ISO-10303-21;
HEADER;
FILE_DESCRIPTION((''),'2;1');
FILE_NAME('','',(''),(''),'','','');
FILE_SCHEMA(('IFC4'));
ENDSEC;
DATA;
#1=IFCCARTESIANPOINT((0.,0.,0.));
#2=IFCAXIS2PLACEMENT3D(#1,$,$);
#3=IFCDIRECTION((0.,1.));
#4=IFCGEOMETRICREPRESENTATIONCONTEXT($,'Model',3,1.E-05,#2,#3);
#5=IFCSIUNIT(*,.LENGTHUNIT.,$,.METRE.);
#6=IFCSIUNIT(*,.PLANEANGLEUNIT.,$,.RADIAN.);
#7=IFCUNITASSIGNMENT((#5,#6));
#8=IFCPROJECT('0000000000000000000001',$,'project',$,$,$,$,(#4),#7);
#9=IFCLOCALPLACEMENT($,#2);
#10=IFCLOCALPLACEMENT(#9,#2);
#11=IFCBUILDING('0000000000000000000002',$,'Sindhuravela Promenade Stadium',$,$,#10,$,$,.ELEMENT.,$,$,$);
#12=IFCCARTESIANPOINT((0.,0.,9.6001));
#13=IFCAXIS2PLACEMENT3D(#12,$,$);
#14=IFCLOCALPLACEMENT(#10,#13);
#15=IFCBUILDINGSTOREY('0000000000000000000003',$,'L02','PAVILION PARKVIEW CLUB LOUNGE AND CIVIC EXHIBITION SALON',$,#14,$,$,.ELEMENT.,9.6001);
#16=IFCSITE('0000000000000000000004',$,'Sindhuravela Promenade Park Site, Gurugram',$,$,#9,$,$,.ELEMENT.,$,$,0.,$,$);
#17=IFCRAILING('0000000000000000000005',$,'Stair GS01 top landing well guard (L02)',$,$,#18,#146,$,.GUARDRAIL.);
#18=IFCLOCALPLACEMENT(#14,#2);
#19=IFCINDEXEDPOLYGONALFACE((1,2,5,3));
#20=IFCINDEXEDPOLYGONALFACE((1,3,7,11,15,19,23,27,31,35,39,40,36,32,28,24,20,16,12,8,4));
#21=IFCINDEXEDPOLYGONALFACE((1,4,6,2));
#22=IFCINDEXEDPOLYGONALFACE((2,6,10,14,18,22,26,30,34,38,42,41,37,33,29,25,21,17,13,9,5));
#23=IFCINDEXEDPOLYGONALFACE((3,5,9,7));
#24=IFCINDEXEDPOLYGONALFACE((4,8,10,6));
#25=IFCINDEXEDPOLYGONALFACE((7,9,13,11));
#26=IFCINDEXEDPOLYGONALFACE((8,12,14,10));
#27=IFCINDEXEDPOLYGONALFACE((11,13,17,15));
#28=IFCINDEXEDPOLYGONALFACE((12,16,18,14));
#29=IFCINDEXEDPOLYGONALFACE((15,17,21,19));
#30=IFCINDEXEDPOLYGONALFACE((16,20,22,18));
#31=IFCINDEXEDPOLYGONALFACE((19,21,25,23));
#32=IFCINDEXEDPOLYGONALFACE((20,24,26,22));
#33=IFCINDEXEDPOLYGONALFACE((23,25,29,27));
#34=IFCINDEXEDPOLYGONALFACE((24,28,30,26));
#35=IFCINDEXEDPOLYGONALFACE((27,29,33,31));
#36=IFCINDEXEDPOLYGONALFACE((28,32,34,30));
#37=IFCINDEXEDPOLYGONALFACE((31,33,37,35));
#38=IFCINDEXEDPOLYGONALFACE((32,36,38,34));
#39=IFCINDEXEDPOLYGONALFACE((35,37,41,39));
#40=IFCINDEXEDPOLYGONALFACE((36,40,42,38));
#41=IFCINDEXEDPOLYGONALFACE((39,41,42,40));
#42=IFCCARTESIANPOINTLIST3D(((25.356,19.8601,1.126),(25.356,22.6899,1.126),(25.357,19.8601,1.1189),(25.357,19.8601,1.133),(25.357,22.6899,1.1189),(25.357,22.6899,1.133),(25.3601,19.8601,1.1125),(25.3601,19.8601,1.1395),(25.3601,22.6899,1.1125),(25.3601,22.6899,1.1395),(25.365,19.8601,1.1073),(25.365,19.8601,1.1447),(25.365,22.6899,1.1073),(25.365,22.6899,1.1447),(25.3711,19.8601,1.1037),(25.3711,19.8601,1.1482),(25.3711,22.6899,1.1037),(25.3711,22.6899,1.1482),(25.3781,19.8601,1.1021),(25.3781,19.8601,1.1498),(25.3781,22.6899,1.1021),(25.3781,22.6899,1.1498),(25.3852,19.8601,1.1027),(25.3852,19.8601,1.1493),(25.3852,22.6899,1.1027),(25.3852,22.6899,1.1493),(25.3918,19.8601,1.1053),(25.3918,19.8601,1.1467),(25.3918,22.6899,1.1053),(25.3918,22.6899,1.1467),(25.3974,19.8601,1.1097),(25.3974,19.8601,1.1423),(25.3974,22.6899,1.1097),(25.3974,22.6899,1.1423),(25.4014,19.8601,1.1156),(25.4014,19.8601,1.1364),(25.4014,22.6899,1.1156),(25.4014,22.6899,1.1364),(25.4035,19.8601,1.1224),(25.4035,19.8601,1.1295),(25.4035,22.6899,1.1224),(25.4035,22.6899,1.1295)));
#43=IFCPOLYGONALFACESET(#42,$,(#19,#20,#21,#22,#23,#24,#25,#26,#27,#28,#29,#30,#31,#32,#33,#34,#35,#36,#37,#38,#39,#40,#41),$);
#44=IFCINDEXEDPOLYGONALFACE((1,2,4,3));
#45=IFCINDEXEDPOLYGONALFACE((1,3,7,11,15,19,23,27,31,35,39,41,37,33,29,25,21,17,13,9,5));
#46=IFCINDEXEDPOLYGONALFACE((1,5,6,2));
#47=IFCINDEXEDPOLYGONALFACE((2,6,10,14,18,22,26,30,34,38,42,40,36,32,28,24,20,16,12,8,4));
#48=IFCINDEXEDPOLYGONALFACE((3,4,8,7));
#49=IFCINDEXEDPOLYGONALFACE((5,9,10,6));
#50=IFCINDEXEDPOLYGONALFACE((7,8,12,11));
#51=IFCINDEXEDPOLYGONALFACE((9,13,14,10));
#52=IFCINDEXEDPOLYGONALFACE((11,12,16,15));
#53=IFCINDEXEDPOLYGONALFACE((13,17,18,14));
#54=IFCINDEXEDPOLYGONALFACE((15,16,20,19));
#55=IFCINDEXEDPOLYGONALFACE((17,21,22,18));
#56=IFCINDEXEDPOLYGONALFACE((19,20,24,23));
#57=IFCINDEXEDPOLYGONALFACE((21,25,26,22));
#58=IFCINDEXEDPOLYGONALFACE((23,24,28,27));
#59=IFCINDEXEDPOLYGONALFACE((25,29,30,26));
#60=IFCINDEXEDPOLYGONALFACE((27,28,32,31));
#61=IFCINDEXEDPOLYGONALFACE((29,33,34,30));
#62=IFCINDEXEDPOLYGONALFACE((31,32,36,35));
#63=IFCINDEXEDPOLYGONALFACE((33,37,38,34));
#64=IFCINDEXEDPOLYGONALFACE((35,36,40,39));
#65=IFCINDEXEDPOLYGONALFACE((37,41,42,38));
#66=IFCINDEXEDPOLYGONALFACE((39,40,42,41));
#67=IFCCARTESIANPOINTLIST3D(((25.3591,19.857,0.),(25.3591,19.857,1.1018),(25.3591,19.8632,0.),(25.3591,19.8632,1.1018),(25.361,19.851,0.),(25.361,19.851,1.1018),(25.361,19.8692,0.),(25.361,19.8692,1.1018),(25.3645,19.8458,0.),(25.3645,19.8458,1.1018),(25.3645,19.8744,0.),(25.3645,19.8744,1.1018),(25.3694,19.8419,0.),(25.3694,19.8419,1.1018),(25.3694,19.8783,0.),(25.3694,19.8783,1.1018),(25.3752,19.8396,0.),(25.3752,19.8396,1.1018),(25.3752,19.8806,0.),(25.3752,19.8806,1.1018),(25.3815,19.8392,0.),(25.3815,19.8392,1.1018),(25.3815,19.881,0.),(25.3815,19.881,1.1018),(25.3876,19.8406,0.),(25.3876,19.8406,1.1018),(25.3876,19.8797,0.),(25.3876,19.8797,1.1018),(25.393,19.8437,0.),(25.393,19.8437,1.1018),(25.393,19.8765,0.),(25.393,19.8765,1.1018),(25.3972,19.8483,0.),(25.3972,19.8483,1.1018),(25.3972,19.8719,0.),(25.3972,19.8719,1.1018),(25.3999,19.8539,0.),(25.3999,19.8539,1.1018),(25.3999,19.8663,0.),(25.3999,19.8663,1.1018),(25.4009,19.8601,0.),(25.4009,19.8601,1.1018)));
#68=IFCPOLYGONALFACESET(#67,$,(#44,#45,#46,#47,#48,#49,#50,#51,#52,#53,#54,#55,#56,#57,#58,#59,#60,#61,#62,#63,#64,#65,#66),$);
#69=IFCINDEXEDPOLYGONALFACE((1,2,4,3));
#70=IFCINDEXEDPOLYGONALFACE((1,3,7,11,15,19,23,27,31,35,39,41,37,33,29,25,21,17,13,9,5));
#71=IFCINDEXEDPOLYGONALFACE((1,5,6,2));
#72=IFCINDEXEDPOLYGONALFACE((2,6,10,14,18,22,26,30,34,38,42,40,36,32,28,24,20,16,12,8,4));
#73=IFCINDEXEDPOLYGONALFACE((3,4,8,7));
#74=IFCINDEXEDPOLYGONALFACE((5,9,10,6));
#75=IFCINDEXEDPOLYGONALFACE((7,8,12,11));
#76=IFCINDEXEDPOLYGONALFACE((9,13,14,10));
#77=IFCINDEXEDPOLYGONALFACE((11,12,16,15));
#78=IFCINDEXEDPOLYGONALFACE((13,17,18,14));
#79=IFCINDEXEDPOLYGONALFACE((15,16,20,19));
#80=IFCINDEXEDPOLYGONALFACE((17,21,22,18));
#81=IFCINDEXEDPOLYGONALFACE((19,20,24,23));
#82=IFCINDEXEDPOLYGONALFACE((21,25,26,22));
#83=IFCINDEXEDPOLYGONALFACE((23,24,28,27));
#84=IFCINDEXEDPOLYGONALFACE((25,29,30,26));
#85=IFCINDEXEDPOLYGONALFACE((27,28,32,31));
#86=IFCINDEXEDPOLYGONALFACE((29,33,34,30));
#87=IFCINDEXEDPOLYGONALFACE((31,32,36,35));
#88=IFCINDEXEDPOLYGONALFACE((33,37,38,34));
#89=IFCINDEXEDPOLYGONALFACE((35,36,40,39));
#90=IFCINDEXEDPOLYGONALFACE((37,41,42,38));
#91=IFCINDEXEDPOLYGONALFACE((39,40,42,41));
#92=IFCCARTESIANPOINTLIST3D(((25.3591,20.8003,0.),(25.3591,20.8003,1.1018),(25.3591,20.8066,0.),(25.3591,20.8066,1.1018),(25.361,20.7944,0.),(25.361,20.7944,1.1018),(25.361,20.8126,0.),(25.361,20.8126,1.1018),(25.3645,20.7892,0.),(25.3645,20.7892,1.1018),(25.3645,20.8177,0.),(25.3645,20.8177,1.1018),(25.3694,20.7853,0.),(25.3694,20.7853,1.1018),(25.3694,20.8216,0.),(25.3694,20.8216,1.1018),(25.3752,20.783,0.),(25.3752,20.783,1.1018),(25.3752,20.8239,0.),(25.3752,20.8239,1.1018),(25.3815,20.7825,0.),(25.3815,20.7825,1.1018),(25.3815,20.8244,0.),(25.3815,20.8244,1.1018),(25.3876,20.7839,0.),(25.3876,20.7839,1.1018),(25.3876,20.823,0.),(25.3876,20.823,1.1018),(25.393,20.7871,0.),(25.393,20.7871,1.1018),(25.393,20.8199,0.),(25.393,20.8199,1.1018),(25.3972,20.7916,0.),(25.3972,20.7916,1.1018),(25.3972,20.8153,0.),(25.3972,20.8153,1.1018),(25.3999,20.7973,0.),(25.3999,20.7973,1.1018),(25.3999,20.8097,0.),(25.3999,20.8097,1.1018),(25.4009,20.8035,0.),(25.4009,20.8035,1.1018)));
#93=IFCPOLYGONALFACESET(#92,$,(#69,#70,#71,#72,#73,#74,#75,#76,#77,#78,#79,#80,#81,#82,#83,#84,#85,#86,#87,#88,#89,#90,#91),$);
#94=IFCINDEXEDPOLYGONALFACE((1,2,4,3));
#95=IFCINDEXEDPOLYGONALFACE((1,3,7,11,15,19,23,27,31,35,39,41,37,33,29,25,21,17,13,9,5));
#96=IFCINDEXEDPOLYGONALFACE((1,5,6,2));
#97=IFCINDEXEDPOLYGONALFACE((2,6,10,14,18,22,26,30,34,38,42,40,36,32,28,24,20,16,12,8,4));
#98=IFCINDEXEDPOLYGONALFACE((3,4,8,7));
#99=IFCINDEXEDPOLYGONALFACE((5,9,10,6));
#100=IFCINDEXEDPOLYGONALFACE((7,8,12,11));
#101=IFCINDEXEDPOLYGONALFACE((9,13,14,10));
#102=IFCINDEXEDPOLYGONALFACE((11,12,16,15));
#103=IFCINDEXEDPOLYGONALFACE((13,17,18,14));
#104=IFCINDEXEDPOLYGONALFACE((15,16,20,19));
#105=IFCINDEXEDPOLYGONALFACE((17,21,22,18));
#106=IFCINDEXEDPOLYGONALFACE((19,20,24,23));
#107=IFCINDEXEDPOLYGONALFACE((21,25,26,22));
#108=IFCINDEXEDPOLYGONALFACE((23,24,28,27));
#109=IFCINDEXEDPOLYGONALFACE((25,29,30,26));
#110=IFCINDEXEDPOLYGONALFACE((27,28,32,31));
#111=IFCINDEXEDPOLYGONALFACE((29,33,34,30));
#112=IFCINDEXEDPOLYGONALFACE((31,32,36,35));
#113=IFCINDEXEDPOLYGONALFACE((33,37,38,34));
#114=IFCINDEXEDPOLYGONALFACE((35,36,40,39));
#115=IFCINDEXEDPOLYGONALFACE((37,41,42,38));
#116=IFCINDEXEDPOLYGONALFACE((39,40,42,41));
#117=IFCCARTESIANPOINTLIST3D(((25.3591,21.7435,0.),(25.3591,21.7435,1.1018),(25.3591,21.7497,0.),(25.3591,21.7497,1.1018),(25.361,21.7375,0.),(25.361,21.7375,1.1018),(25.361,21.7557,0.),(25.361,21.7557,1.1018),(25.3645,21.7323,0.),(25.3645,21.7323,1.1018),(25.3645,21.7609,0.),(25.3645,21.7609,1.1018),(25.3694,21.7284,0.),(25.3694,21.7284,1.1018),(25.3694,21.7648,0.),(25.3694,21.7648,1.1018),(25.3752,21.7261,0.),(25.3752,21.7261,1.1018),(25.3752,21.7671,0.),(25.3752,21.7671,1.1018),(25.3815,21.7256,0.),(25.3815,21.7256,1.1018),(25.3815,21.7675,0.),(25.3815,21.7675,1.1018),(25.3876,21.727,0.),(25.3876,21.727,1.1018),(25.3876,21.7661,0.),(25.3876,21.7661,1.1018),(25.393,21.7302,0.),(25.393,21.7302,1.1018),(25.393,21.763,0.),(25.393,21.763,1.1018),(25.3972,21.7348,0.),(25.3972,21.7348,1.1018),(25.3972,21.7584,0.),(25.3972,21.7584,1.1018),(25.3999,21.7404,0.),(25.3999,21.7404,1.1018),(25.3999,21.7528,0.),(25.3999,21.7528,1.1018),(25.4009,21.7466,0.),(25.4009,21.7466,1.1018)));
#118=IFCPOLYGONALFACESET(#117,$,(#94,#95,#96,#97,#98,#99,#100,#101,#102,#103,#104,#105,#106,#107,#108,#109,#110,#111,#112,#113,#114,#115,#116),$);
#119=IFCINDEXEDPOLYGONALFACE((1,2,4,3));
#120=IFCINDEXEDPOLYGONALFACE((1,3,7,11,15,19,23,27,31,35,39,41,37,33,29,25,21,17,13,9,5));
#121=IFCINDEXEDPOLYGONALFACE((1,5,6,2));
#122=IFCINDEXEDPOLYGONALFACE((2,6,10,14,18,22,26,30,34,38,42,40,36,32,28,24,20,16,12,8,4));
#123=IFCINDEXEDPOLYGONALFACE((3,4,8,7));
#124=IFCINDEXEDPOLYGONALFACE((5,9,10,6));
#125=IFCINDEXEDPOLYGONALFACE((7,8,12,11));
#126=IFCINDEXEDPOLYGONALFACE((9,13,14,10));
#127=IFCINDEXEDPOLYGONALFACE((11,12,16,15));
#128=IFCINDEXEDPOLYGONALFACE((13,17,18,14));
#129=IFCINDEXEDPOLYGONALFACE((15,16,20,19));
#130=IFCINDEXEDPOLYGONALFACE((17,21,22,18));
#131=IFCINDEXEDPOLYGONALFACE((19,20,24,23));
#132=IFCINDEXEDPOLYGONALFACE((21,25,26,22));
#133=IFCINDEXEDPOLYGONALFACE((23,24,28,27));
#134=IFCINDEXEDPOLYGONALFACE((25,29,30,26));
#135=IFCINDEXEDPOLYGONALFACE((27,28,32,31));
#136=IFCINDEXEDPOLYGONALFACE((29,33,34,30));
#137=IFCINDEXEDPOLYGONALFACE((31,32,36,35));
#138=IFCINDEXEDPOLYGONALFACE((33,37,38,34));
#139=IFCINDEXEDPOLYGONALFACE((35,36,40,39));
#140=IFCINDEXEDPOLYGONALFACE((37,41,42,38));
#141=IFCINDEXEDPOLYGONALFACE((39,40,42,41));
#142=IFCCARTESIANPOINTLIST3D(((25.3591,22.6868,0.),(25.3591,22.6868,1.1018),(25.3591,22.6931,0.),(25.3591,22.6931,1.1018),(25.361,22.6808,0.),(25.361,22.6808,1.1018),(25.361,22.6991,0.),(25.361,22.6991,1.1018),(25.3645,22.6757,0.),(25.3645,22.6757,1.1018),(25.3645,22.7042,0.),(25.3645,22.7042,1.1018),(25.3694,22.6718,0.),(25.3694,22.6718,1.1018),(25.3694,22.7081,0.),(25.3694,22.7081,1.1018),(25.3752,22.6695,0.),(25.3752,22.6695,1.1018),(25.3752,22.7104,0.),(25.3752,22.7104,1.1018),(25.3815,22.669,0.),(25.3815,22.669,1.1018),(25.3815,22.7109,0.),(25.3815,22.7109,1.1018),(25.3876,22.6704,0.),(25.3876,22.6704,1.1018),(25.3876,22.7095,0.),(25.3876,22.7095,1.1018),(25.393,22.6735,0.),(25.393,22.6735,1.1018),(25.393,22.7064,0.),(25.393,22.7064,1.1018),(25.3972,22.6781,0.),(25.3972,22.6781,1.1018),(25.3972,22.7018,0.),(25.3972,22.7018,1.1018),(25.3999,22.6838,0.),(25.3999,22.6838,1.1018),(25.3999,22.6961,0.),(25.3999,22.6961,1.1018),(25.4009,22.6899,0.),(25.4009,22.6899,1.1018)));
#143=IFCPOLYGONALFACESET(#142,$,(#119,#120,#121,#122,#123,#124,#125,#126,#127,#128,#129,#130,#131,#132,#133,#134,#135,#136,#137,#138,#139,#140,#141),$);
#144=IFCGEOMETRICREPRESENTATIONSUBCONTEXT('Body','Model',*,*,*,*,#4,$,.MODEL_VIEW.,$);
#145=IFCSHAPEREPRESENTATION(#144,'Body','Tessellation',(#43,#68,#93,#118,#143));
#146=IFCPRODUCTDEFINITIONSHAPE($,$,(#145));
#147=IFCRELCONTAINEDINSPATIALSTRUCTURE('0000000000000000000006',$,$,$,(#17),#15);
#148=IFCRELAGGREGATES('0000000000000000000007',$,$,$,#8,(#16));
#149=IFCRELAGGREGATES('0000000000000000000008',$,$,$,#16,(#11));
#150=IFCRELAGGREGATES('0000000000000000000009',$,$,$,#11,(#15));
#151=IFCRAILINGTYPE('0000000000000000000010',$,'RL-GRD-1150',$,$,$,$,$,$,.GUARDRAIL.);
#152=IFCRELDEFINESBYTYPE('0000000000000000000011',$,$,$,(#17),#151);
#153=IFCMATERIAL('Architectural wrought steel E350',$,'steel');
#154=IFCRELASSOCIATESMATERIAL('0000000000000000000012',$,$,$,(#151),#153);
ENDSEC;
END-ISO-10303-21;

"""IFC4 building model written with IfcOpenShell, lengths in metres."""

from ifc_helpers import new_model, si_unit, direction, frame, origin, origin_2d, place, context, subcontext, project, spatial, circle, extrude, material, type_object, element, save


model = new_model("IFC4")

# Units and contexts
model_context = context("Model", 3, precision=1e-05, world=origin(), true_north=direction((0.0, 1.0)))
body_context = subcontext(model_context, "Body", "Model", "MODEL_VIEW")
ifc_project = project(units=[si_unit("LENGTHUNIT", "METRE"), si_unit("PLANEANGLEUNIT", "RADIAN")], contexts=[model_context])

# Site, building, storey
site_placement = place(None, origin())
site = spatial("IfcSite", under=ifc_project, at=site_placement, Name="Sindhuravela Promenade Park Site, Gurugram", CompositionType="ELEMENT", RefElevation=0.0)
building_placement = place(site_placement, origin())
building = spatial("IfcBuilding", under=site, at=building_placement, Name="Sindhuravela Promenade Stadium", CompositionType="ELEMENT")
storey_placement = place(building_placement, frame((0.0, 0.0, 9.6001)))
storey = spatial("IfcBuildingStorey", under=building, at=storey_placement, Name="L02", Description="PAVILION PARKVIEW CLUB LOUNGE AND CIVIC EXHIBITION SALON", CompositionType="ELEMENT", Elevation=9.6001)

# Shared definitions
ifc_material_1 = material(Name="Architectural wrought steel E350", Category="steel")

# Railing
railing_type = type_object("IfcRailingType", Name="RL-GRD-1150", PredefinedType="GUARDRAIL", material=ifc_material_1)
railing_1_placement = place(storey_placement, frame((25.3799, 19.8601, 0.0)))
element("IfcRailing", 1, at=railing_1_placement, inside=storey, type_object=railing_type, Name="Stair GS01 top landing well guard (L02)", PredefinedType="GUARDRAIL", context=body_context, shape_type="SweptSolid", body=[
    extrude(circle(Radius=0.0239, at=origin_2d()), frame((0.0, 0.0, 1.126), z_axis=(0.0, 1.0, 0.0), x_axis=(-1.0, 0.0, 0.0)), (0.0, 0.0, 1.0), 2.8298),
    extrude(circle(Radius=0.021, at=origin_2d()), origin(), (0.0, 0.0, 1.0), 1.1018),
    extrude(circle(Radius=0.021, at=origin_2d()), frame((0.0, 0.9434, 0.0)), (0.0, 0.0, 1.0), 1.1018),
    extrude(circle(Radius=0.021, at=origin_2d()), frame((0.0, 1.8865, 0.0)), (0.0, 0.0, 1.0), 1.1018),
    extrude(circle(Radius=0.021, at=origin_2d()), frame((0.0, 2.8298, 0.0)), (0.0, 0.0, 1.0), 1.1018),
])

save(model, "model.ifc")
